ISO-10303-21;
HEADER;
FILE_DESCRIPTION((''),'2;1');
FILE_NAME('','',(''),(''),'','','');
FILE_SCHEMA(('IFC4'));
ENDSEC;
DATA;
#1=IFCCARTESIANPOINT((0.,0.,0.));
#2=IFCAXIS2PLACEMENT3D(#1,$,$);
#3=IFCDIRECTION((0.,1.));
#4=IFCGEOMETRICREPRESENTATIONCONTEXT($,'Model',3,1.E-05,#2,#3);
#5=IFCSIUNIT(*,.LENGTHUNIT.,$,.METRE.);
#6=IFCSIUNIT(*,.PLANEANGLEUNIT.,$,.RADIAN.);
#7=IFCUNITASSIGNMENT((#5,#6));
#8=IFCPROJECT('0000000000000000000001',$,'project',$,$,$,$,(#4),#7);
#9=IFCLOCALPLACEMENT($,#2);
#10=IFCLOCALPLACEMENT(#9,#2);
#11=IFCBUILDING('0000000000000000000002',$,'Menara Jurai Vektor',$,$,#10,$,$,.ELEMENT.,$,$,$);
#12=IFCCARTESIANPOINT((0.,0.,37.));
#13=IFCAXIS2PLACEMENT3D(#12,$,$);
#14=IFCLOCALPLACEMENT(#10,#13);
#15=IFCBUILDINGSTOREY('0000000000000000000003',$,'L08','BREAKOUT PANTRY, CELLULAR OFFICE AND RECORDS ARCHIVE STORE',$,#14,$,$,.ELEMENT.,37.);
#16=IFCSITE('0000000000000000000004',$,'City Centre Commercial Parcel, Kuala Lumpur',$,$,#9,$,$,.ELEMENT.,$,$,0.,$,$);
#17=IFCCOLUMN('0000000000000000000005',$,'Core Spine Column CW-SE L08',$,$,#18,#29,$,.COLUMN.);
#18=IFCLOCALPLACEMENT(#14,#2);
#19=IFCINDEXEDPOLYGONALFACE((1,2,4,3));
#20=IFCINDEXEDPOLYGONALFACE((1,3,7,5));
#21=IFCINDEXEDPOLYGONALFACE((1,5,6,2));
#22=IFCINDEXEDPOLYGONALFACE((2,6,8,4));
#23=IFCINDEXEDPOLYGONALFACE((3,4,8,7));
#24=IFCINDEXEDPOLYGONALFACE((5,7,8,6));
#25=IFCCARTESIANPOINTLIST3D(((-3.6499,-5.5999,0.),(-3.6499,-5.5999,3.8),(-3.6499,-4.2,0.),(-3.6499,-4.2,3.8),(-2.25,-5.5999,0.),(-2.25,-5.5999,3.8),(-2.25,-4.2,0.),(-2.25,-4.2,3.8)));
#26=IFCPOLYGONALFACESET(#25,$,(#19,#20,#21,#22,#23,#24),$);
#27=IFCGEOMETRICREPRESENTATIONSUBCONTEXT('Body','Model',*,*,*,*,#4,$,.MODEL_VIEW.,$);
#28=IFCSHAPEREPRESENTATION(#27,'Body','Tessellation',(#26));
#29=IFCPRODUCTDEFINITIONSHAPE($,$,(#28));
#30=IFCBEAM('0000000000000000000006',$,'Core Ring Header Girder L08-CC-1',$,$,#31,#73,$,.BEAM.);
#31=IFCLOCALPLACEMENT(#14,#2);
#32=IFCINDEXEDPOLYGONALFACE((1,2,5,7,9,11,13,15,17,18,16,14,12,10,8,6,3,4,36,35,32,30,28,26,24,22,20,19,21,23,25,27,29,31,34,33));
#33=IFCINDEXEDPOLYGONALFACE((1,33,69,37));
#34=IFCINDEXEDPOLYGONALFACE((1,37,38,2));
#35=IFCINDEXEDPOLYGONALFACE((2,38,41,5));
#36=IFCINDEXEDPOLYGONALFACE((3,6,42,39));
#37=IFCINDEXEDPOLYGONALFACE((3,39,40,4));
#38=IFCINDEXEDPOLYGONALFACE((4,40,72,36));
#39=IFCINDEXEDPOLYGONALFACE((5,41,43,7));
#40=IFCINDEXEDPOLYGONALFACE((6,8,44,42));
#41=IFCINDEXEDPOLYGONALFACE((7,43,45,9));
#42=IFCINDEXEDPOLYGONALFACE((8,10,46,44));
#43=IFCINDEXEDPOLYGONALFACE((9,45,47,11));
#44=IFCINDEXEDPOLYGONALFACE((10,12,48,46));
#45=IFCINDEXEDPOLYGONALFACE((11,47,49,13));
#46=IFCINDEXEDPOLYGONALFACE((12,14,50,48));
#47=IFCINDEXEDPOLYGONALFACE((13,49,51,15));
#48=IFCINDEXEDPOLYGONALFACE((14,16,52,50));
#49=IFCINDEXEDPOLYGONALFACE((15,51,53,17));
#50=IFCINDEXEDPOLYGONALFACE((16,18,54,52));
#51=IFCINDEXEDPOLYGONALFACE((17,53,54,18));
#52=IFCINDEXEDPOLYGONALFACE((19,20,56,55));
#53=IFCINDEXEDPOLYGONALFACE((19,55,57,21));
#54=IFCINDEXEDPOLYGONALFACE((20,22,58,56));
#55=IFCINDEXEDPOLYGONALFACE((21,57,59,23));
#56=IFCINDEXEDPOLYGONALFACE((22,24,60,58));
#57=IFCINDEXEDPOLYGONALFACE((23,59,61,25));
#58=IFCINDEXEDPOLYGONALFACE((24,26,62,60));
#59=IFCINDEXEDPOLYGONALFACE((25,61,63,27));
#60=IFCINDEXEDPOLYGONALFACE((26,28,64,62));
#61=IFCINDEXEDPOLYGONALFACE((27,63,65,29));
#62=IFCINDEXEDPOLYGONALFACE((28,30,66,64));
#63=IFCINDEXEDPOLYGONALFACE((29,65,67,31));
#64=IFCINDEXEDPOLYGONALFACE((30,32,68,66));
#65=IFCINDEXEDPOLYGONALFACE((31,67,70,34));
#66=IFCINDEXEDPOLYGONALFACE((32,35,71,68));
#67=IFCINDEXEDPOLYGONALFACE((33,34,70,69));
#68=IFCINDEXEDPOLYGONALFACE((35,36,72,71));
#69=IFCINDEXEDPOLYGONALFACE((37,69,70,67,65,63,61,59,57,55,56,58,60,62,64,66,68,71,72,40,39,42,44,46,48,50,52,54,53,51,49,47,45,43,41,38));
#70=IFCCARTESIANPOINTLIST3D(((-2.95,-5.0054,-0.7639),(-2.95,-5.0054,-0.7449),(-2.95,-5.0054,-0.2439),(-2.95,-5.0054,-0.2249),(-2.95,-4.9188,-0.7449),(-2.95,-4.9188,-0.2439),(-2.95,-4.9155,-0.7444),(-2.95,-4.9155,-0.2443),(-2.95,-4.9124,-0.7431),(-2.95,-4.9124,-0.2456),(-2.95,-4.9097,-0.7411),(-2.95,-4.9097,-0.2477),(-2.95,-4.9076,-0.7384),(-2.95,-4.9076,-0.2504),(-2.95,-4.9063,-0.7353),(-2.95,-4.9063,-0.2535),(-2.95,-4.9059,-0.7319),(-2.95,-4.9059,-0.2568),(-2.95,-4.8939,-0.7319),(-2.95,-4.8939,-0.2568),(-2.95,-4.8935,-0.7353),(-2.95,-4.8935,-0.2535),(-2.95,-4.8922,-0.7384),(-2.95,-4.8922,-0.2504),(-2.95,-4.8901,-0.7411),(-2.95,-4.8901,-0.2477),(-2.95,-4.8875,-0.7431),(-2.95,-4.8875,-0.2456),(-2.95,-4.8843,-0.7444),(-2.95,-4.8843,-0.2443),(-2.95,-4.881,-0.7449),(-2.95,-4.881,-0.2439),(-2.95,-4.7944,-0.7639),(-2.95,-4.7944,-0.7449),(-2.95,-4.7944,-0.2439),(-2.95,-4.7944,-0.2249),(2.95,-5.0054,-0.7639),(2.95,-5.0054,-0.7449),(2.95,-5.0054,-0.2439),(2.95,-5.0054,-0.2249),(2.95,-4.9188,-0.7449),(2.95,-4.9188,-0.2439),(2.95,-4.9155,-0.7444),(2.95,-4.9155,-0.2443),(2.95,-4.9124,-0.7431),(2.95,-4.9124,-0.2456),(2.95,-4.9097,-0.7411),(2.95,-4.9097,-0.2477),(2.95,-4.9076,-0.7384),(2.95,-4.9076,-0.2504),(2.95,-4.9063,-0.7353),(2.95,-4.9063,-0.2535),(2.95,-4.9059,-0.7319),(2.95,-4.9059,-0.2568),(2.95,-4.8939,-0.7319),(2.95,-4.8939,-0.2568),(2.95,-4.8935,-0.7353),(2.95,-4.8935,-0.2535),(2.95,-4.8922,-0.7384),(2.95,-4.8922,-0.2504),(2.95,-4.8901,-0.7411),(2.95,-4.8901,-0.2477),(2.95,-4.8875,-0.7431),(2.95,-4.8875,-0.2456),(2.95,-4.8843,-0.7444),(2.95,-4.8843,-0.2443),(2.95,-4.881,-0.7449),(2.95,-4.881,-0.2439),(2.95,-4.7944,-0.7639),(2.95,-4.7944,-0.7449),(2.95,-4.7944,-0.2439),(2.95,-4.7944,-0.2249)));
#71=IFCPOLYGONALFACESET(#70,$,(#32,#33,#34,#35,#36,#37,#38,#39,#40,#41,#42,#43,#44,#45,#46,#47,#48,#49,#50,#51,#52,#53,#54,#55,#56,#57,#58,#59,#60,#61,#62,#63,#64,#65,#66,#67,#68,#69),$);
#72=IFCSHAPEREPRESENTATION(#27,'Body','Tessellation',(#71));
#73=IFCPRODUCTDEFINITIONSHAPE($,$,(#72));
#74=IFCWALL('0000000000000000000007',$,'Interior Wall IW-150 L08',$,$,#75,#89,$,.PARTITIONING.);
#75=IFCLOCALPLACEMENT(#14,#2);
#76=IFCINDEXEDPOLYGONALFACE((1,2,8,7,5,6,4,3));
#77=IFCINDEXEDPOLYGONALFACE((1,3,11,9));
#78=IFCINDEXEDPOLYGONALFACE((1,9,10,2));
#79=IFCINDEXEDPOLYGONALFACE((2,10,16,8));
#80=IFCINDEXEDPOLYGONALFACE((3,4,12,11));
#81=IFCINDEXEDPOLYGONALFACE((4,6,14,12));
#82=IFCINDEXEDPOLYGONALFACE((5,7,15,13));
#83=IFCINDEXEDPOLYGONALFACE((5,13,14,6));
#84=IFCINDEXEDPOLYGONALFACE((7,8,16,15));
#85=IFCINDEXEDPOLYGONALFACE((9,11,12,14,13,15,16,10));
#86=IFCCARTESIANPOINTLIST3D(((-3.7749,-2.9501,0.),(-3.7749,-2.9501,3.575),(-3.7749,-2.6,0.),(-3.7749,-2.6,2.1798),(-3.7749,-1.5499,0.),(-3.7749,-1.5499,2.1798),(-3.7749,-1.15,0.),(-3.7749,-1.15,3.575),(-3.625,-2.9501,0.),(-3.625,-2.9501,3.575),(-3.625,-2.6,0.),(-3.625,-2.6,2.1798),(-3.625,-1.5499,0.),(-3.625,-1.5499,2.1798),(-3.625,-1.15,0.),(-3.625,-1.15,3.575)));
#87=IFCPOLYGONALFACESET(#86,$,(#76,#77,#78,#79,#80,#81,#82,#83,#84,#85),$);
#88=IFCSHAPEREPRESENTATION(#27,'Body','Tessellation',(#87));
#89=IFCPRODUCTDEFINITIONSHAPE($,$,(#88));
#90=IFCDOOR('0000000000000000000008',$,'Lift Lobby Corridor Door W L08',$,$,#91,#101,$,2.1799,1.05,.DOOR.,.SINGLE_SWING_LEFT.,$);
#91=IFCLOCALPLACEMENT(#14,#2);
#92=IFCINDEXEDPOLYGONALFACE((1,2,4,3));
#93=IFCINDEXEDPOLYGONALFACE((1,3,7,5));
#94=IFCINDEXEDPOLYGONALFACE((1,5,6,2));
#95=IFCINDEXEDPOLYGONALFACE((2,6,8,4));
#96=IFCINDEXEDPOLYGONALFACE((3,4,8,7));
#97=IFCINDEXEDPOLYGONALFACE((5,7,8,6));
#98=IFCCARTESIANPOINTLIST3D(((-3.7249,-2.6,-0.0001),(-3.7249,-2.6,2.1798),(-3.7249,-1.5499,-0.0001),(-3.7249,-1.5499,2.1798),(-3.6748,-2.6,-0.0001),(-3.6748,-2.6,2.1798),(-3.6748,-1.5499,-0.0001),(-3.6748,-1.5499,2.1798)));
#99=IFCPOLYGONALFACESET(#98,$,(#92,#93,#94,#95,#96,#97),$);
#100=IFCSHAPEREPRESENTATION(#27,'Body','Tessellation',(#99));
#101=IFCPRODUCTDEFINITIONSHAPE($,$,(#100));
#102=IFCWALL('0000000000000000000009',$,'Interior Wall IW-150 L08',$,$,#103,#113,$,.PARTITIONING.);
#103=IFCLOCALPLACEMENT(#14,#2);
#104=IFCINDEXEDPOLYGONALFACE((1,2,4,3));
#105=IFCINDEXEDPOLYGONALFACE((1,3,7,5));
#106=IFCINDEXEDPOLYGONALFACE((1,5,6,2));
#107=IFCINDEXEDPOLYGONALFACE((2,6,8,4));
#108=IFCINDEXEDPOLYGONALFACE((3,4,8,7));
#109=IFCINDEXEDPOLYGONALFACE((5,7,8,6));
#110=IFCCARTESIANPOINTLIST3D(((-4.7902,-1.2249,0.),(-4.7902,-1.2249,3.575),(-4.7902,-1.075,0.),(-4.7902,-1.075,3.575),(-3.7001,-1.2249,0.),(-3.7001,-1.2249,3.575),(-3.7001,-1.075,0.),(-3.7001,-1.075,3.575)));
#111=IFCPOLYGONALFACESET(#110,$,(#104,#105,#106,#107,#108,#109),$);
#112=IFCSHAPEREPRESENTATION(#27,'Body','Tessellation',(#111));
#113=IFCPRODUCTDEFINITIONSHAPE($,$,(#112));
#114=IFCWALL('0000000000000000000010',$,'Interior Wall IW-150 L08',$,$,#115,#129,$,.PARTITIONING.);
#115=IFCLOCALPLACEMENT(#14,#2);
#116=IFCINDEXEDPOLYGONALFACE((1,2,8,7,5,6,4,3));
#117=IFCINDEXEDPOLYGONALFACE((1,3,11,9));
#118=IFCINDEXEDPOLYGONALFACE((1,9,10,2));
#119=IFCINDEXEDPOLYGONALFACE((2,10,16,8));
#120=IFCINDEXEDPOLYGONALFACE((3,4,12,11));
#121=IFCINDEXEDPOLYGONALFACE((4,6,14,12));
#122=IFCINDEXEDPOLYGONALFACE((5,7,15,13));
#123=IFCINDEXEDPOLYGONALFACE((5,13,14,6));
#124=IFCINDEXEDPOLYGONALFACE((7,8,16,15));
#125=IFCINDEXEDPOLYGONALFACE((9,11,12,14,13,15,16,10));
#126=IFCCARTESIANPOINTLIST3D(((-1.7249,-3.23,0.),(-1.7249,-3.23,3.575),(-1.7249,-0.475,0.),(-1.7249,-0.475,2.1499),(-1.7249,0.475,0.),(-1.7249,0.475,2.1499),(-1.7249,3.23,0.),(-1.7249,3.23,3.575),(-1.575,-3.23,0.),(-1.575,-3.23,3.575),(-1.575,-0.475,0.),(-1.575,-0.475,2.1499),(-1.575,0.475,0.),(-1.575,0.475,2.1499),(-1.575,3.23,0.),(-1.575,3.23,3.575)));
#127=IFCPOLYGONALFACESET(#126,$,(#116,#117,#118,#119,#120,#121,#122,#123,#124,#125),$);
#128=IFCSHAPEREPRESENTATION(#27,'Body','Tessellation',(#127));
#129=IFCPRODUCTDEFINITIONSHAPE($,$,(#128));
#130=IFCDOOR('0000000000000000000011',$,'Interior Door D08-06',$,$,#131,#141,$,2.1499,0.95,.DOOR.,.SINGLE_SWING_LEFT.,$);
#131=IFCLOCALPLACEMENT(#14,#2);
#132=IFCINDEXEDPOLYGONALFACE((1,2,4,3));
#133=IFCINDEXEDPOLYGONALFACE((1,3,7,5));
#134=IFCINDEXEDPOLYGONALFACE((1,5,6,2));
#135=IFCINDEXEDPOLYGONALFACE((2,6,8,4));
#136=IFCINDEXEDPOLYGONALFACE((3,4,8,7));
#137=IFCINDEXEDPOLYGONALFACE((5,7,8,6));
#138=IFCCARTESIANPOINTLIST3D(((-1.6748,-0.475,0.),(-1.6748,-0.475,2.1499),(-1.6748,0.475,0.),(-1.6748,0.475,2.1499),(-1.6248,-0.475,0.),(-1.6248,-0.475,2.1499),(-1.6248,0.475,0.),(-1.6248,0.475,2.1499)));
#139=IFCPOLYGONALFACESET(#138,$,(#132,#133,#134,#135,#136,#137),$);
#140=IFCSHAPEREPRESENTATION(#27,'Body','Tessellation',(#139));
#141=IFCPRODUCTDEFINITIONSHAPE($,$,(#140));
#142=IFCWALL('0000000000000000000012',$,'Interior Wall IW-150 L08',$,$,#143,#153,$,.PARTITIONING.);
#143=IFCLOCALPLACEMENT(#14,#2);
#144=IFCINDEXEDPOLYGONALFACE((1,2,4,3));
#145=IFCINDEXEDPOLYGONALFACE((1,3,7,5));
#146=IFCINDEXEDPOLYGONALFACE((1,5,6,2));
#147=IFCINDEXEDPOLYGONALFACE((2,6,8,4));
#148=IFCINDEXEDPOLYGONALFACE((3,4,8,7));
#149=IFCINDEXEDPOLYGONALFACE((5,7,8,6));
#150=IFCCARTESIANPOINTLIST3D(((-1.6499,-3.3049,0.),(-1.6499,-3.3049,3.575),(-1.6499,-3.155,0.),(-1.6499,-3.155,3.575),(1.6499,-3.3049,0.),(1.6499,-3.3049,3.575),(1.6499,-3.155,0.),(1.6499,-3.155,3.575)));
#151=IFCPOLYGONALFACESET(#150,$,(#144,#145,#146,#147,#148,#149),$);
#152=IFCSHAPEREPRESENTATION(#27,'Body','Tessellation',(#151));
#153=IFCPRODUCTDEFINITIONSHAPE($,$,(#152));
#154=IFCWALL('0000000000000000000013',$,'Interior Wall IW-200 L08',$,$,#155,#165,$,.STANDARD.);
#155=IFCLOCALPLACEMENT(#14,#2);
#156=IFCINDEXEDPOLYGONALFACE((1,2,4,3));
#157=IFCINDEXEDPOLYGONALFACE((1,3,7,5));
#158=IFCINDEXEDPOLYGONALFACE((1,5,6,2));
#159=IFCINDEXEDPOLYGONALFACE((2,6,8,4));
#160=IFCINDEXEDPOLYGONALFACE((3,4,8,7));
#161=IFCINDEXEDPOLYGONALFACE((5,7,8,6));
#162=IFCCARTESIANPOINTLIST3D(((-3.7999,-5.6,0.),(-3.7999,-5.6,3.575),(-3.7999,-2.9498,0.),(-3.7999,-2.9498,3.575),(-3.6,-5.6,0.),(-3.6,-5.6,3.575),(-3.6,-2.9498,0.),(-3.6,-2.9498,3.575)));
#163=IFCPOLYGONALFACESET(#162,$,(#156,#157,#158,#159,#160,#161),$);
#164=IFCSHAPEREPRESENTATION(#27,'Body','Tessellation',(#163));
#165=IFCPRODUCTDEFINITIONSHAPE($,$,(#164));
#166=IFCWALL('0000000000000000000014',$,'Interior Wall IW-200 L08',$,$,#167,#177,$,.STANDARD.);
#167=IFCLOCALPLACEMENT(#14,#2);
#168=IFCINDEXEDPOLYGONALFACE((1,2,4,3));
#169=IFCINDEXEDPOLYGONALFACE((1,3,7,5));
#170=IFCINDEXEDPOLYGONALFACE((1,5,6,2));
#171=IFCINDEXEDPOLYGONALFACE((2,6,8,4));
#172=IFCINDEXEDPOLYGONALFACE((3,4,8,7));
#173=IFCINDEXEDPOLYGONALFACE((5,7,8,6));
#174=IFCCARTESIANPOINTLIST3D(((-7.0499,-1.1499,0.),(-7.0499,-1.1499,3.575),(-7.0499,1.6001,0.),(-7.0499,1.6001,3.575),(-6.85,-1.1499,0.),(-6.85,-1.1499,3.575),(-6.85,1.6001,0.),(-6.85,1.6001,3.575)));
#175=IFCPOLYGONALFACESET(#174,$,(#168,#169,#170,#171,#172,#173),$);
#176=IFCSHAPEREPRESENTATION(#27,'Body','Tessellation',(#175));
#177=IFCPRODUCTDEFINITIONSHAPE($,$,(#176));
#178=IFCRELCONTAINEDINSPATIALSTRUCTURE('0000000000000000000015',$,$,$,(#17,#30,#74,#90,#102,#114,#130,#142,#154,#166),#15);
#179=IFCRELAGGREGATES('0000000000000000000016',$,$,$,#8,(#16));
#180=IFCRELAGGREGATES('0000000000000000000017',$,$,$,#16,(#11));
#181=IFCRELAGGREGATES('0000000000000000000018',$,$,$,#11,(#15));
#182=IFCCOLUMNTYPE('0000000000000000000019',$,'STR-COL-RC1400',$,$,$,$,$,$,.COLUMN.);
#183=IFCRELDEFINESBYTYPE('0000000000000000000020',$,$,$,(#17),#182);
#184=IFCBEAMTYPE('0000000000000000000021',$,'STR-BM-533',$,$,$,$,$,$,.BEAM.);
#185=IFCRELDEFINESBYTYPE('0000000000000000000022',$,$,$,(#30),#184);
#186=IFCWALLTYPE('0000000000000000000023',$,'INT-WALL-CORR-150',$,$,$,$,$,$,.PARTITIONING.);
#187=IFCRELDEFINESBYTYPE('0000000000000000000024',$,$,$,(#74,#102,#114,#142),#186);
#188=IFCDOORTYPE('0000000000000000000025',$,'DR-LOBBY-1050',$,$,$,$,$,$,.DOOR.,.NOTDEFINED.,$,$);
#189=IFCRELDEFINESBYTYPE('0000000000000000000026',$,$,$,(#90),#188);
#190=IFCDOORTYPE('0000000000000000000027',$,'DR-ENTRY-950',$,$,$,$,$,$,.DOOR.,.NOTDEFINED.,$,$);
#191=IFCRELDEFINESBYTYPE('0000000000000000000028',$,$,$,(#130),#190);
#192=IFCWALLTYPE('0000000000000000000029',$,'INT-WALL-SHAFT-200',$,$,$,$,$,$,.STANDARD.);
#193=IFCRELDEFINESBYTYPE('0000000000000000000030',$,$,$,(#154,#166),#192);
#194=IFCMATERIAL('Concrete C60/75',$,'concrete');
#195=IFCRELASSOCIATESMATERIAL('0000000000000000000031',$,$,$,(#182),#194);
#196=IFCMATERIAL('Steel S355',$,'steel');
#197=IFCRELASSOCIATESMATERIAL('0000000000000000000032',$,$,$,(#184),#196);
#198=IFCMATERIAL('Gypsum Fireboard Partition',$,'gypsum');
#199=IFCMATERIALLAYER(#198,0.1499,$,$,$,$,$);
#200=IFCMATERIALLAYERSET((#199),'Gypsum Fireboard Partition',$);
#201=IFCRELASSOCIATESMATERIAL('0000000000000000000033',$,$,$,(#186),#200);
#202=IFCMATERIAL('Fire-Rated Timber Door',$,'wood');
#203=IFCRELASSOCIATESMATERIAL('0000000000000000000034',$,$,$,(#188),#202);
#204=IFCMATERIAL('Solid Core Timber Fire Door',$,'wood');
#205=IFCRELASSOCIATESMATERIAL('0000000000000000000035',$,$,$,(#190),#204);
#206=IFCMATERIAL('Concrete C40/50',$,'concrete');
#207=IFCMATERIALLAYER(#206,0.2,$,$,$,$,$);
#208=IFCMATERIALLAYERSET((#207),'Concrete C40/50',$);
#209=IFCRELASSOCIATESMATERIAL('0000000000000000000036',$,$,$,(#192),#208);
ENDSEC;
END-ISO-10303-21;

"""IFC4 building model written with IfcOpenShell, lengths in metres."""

from ifc_helpers import new_model, si_unit, direction, frame, frame_2d, origin, origin_2d, place, context, subcontext, project, spatial, rectangle, i_section, extrude, material, layer, layer_set, material_profile, profile_set, type_object, element, fill, save


model = new_model("IFC4")

# Units and contexts
model_context = context("Model", 3, precision=1e-05, world=origin(), true_north=direction((0.0, 1.0)))
body_context = subcontext(model_context, "Body", "Model", "MODEL_VIEW")
ifc_project = project(units=[si_unit("LENGTHUNIT", "METRE"), si_unit("PLANEANGLEUNIT", "RADIAN")], contexts=[model_context])

# Site, building, storey
site_placement = place(None, origin())
site = spatial("IfcSite", under=ifc_project, at=site_placement, Name="City Centre Commercial Parcel, Kuala Lumpur", CompositionType="ELEMENT", RefElevation=0.0)
building_placement = place(site_placement, origin())
building = spatial("IfcBuilding", under=site, at=building_placement, Name="Menara Jurai Vektor", CompositionType="ELEMENT")
storey_placement = place(building_placement, frame((0.0, 0.0, 37.0)))
storey = spatial("IfcBuildingStorey", under=building, at=storey_placement, Name="L08", Description="BREAKOUT PANTRY, CELLULAR OFFICE AND RECORDS ARCHIVE STORE", CompositionType="ELEMENT", Elevation=37.0)

# Column
ifc_material_1 = material(Name="Concrete C60/75", Category="concrete")
ifc_material_profile_1 = material_profile(ifc_material_1, rectangle(XDim=1.3999, YDim=1.3999, at=origin_2d()), Name="RC 1400x1400")
ifc_profile_set_1 = profile_set([ifc_material_profile_1], Name="Concrete C60/75")
column_type = type_object("IfcColumnType", Name="STR-COL-RC1400", PredefinedType="COLUMN", material=ifc_profile_set_1)
column_placement = place(storey_placement, frame((-2.95, -4.8999, 0.0), z_axis=(0.0, 0.0, 1.0), x_axis=(1.0, 0.0, 0.0)))
element("IfcColumn", 1, at=column_placement, inside=storey, type_object=column_type, Name="Core Spine Column CW-SE L08", PredefinedType="COLUMN", context=body_context, shape_type="SweptSolid", body=[
    extrude(rectangle(XDim=1.3999, YDim=1.3999, at=origin_2d()), origin(), (0.0, 0.0, 1.0), 3.8),
])

# Beam
ifc_material_2 = material(Name="Steel S355", Category="steel")
ifc_material_profile_2 = material_profile(ifc_material_2, i_section(OverallWidth=0.2109, OverallDepth=0.5391, WebThickness=0.012, FlangeThickness=0.019, FilletRadius=0.0129, at=origin_2d()), Name="UKB 533x210x109")
ifc_profile_set_2 = profile_set([ifc_material_profile_2], Name="Steel S355")
beam_type = type_object("IfcBeamType", Name="STR-BM-533", PredefinedType="BEAM", material=ifc_profile_set_2)
beam_placement = place(storey_placement, frame((-2.95, -4.8999, -0.4944), z_axis=(1.0, 0.0, 0.0), x_axis=(0.0, 1.0, 0.0)))
element("IfcBeam", 2, at=beam_placement, inside=storey, type_object=beam_type, Name="Core Ring Header Girder L08-CC-1", PredefinedType="BEAM", context=body_context, shape_type="SweptSolid", body=[
    extrude(i_section(OverallWidth=0.2109, OverallDepth=0.5391, WebThickness=0.012, FlangeThickness=0.019, FilletRadius=0.0129, at=origin_2d()), origin(), (0.0, 0.0, 1.0), 5.8999),
])

# Wall, opening, door
ifc_material_3 = material(Name="Gypsum Fireboard Partition", Category="gypsum")
ifc_layer_1 = layer(ifc_material_3, 0.1499)
ifc_layer_set_1 = layer_set([ifc_layer_1], Name="Gypsum Fireboard Partition")
wall_type_1 = type_object("IfcWallType", Name="INT-WALL-CORR-150", PredefinedType="PARTITIONING", material=ifc_layer_set_1)
wall_1_placement = place(storey_placement, frame((-3.7, -2.95, 0.0), z_axis=(0.0, 0.0, 1.0), x_axis=(0.0, 1.0, 0.0)))
wall_1 = element("IfcWall", 3, at=wall_1_placement, inside=storey, type_object=wall_type_1, Name="Interior Wall IW-150 L08", PredefinedType="PARTITIONING", context=body_context, shape_type="SweptSolid", body=[
    extrude(rectangle(XDim=1.8, YDim=0.1499, at=frame_2d((0.8999, 0.0))), origin(), (0.0, 0.0, 1.0), 3.575),
])
opening_1_placement = place(wall_1_placement, frame((0.3501, 0.0, 0.0)))
opening_1 = element("IfcOpeningElement", 4, at=opening_1_placement, cuts=wall_1, PredefinedType="OPENING", context=body_context, shape_type="SweptSolid", body=[
    extrude(rectangle(XDim=1.05, YDim=2.1799, at=frame_2d((0.5249, 1.0898))), frame((0.0, 0.085, 0.0), z_axis=(0.0, -1.0, 0.0), x_axis=(1.0, 0.0, 0.0)), (0.0, 0.0, 1.0), 0.1699),
])
ifc_material_4 = material(Name="Fire-Rated Timber Door", Category="wood")
door_type_1 = type_object("IfcDoorType", Name="DR-LOBBY-1050", OperationType="NOTDEFINED", PredefinedType="DOOR", material=ifc_material_4)
door_1_placement = place(opening_1_placement, origin())
door_1 = element("IfcDoor", 5, at=door_1_placement, inside=storey, type_object=door_type_1, Name="Lift Lobby Corridor Door W L08", OperationType="SINGLE_SWING_LEFT", OverallHeight=2.1799, OverallWidth=1.05, PredefinedType="DOOR", context=body_context, shape_type="SweptSolid", body=[
    extrude(rectangle(XDim=1.05, YDim=2.1799, at=frame_2d((0.5249, 1.0898))), frame((0.0, 0.0249, 0.0), z_axis=(0.0, -1.0, 0.0), x_axis=(1.0, 0.0, 0.0)), (0.0, 0.0, 1.0), 0.05),
])
fill(opening_1, door_1)

# Wall
wall_2_placement = place(storey_placement, frame((-4.79, -1.1499, 0.0), z_axis=(0.0, 0.0, 1.0), x_axis=(1.0, 0.0, 0.0)))
element("IfcWall", 6, at=wall_2_placement, inside=storey, type_object=wall_type_1, Name="Interior Wall IW-150 L08", PredefinedType="PARTITIONING", context=body_context, shape_type="SweptSolid", body=[
    extrude(rectangle(XDim=1.0901, YDim=0.1499, at=frame_2d((0.5449, 0.0))), origin(), (0.0, 0.0, 1.0), 3.575),
])

# Wall, opening, door
wall_3_placement = place(storey_placement, frame((-1.6499, -3.23, 0.0), z_axis=(0.0, 0.0, 1.0), x_axis=(0.0, 1.0, 0.0)))
wall_3 = element("IfcWall", 7, at=wall_3_placement, inside=storey, type_object=wall_type_1, Name="Interior Wall IW-150 L08", PredefinedType="PARTITIONING", context=body_context, shape_type="SweptSolid", body=[
    extrude(rectangle(XDim=6.46, YDim=0.1499, at=frame_2d((3.23, 0.0))), origin(), (0.0, 0.0, 1.0), 3.575),
])
opening_2_placement = place(wall_3_placement, frame((2.7549, 0.0, 0.0)))
opening_2 = element("IfcOpeningElement", 8, at=opening_2_placement, cuts=wall_3, PredefinedType="OPENING", context=body_context, shape_type="SweptSolid", body=[
    extrude(rectangle(XDim=0.95, YDim=2.1499, at=frame_2d((0.4751, 1.075))), frame((0.0, 0.085, 0.0), z_axis=(0.0, -1.0, 0.0), x_axis=(1.0, 0.0, 0.0)), (0.0, 0.0, 1.0), 0.1699),
])
ifc_material_5 = material(Name="Solid Core Timber Fire Door", Category="wood")
door_type_2 = type_object("IfcDoorType", Name="DR-ENTRY-950", OperationType="NOTDEFINED", PredefinedType="DOOR", material=ifc_material_5)
door_2_placement = place(opening_2_placement, origin())
door_2 = element("IfcDoor", 9, at=door_2_placement, inside=storey, type_object=door_type_2, Name="Interior Door D08-06", OperationType="SINGLE_SWING_LEFT", OverallHeight=2.1499, OverallWidth=0.95, PredefinedType="DOOR", context=body_context, shape_type="SweptSolid", body=[
    extrude(rectangle(XDim=0.95, YDim=2.1499, at=frame_2d((0.4751, 1.075))), frame((0.0, 0.0249, 0.0), z_axis=(0.0, -1.0, 0.0), x_axis=(1.0, 0.0, 0.0)), (0.0, 0.0, 1.0), 0.05),
])
fill(opening_2, door_2)

# Wall
wall_4_placement = place(storey_placement, frame((-1.6499, -3.23, 0.0), z_axis=(0.0, 0.0, 1.0), x_axis=(1.0, 0.0, 0.0)))
element("IfcWall", 10, at=wall_4_placement, inside=storey, type_object=wall_type_1, Name="Interior Wall IW-150 L08", PredefinedType="PARTITIONING", context=body_context, shape_type="SweptSolid", body=[
    extrude(rectangle(XDim=3.2998, YDim=0.1499, at=frame_2d((1.6499, 0.0))), origin(), (0.0, 0.0, 1.0), 3.575),
])

# Shared definitions
ifc_material_6 = material(Name="Concrete C40/50", Category="concrete")
ifc_layer_2 = layer(ifc_material_6, 0.2)
ifc_layer_set_2 = layer_set([ifc_layer_2], Name="Concrete C40/50")
wall_type_2 = type_object("IfcWallType", Name="INT-WALL-SHAFT-200", PredefinedType="STANDARD", material=ifc_layer_set_2)

# Walls
wall_5_placement = place(storey_placement, frame((-3.7, -5.6001, 0.0), z_axis=(0.0, 0.0, 1.0), x_axis=(0.0, 1.0, 0.0)))
element("IfcWall", 11, at=wall_5_placement, inside=storey, type_object=wall_type_2, Name="Interior Wall IW-200 L08", PredefinedType="STANDARD", context=body_context, shape_type="SweptSolid", body=[
    extrude(rectangle(XDim=2.6501, YDim=0.2, at=frame_2d((1.3252, 0.0))), origin(), (0.0, 0.0, 1.0), 3.575),
])
for number, where, z_axis, x_axis, name in (
    (12, (-6.95, -1.1499, 0.0), (0.0, 0.0, 1.0), (0.0, 1.0, 0.0), "Interior Wall IW-200 L08"),
):
    element("IfcWall", number, at=place(storey_placement, frame(where, z_axis=z_axis, x_axis=x_axis)), inside=storey, type_object=wall_type_2, Name=name, PredefinedType="STANDARD", context=body_context, shape_type="SweptSolid", body=[
        extrude(rectangle(XDim=2.75, YDim=0.2, at=frame_2d((1.375, 0.0))), origin(), (0.0, 0.0, 1.0), 3.575),
    ])

save(model, "model.ifc")
